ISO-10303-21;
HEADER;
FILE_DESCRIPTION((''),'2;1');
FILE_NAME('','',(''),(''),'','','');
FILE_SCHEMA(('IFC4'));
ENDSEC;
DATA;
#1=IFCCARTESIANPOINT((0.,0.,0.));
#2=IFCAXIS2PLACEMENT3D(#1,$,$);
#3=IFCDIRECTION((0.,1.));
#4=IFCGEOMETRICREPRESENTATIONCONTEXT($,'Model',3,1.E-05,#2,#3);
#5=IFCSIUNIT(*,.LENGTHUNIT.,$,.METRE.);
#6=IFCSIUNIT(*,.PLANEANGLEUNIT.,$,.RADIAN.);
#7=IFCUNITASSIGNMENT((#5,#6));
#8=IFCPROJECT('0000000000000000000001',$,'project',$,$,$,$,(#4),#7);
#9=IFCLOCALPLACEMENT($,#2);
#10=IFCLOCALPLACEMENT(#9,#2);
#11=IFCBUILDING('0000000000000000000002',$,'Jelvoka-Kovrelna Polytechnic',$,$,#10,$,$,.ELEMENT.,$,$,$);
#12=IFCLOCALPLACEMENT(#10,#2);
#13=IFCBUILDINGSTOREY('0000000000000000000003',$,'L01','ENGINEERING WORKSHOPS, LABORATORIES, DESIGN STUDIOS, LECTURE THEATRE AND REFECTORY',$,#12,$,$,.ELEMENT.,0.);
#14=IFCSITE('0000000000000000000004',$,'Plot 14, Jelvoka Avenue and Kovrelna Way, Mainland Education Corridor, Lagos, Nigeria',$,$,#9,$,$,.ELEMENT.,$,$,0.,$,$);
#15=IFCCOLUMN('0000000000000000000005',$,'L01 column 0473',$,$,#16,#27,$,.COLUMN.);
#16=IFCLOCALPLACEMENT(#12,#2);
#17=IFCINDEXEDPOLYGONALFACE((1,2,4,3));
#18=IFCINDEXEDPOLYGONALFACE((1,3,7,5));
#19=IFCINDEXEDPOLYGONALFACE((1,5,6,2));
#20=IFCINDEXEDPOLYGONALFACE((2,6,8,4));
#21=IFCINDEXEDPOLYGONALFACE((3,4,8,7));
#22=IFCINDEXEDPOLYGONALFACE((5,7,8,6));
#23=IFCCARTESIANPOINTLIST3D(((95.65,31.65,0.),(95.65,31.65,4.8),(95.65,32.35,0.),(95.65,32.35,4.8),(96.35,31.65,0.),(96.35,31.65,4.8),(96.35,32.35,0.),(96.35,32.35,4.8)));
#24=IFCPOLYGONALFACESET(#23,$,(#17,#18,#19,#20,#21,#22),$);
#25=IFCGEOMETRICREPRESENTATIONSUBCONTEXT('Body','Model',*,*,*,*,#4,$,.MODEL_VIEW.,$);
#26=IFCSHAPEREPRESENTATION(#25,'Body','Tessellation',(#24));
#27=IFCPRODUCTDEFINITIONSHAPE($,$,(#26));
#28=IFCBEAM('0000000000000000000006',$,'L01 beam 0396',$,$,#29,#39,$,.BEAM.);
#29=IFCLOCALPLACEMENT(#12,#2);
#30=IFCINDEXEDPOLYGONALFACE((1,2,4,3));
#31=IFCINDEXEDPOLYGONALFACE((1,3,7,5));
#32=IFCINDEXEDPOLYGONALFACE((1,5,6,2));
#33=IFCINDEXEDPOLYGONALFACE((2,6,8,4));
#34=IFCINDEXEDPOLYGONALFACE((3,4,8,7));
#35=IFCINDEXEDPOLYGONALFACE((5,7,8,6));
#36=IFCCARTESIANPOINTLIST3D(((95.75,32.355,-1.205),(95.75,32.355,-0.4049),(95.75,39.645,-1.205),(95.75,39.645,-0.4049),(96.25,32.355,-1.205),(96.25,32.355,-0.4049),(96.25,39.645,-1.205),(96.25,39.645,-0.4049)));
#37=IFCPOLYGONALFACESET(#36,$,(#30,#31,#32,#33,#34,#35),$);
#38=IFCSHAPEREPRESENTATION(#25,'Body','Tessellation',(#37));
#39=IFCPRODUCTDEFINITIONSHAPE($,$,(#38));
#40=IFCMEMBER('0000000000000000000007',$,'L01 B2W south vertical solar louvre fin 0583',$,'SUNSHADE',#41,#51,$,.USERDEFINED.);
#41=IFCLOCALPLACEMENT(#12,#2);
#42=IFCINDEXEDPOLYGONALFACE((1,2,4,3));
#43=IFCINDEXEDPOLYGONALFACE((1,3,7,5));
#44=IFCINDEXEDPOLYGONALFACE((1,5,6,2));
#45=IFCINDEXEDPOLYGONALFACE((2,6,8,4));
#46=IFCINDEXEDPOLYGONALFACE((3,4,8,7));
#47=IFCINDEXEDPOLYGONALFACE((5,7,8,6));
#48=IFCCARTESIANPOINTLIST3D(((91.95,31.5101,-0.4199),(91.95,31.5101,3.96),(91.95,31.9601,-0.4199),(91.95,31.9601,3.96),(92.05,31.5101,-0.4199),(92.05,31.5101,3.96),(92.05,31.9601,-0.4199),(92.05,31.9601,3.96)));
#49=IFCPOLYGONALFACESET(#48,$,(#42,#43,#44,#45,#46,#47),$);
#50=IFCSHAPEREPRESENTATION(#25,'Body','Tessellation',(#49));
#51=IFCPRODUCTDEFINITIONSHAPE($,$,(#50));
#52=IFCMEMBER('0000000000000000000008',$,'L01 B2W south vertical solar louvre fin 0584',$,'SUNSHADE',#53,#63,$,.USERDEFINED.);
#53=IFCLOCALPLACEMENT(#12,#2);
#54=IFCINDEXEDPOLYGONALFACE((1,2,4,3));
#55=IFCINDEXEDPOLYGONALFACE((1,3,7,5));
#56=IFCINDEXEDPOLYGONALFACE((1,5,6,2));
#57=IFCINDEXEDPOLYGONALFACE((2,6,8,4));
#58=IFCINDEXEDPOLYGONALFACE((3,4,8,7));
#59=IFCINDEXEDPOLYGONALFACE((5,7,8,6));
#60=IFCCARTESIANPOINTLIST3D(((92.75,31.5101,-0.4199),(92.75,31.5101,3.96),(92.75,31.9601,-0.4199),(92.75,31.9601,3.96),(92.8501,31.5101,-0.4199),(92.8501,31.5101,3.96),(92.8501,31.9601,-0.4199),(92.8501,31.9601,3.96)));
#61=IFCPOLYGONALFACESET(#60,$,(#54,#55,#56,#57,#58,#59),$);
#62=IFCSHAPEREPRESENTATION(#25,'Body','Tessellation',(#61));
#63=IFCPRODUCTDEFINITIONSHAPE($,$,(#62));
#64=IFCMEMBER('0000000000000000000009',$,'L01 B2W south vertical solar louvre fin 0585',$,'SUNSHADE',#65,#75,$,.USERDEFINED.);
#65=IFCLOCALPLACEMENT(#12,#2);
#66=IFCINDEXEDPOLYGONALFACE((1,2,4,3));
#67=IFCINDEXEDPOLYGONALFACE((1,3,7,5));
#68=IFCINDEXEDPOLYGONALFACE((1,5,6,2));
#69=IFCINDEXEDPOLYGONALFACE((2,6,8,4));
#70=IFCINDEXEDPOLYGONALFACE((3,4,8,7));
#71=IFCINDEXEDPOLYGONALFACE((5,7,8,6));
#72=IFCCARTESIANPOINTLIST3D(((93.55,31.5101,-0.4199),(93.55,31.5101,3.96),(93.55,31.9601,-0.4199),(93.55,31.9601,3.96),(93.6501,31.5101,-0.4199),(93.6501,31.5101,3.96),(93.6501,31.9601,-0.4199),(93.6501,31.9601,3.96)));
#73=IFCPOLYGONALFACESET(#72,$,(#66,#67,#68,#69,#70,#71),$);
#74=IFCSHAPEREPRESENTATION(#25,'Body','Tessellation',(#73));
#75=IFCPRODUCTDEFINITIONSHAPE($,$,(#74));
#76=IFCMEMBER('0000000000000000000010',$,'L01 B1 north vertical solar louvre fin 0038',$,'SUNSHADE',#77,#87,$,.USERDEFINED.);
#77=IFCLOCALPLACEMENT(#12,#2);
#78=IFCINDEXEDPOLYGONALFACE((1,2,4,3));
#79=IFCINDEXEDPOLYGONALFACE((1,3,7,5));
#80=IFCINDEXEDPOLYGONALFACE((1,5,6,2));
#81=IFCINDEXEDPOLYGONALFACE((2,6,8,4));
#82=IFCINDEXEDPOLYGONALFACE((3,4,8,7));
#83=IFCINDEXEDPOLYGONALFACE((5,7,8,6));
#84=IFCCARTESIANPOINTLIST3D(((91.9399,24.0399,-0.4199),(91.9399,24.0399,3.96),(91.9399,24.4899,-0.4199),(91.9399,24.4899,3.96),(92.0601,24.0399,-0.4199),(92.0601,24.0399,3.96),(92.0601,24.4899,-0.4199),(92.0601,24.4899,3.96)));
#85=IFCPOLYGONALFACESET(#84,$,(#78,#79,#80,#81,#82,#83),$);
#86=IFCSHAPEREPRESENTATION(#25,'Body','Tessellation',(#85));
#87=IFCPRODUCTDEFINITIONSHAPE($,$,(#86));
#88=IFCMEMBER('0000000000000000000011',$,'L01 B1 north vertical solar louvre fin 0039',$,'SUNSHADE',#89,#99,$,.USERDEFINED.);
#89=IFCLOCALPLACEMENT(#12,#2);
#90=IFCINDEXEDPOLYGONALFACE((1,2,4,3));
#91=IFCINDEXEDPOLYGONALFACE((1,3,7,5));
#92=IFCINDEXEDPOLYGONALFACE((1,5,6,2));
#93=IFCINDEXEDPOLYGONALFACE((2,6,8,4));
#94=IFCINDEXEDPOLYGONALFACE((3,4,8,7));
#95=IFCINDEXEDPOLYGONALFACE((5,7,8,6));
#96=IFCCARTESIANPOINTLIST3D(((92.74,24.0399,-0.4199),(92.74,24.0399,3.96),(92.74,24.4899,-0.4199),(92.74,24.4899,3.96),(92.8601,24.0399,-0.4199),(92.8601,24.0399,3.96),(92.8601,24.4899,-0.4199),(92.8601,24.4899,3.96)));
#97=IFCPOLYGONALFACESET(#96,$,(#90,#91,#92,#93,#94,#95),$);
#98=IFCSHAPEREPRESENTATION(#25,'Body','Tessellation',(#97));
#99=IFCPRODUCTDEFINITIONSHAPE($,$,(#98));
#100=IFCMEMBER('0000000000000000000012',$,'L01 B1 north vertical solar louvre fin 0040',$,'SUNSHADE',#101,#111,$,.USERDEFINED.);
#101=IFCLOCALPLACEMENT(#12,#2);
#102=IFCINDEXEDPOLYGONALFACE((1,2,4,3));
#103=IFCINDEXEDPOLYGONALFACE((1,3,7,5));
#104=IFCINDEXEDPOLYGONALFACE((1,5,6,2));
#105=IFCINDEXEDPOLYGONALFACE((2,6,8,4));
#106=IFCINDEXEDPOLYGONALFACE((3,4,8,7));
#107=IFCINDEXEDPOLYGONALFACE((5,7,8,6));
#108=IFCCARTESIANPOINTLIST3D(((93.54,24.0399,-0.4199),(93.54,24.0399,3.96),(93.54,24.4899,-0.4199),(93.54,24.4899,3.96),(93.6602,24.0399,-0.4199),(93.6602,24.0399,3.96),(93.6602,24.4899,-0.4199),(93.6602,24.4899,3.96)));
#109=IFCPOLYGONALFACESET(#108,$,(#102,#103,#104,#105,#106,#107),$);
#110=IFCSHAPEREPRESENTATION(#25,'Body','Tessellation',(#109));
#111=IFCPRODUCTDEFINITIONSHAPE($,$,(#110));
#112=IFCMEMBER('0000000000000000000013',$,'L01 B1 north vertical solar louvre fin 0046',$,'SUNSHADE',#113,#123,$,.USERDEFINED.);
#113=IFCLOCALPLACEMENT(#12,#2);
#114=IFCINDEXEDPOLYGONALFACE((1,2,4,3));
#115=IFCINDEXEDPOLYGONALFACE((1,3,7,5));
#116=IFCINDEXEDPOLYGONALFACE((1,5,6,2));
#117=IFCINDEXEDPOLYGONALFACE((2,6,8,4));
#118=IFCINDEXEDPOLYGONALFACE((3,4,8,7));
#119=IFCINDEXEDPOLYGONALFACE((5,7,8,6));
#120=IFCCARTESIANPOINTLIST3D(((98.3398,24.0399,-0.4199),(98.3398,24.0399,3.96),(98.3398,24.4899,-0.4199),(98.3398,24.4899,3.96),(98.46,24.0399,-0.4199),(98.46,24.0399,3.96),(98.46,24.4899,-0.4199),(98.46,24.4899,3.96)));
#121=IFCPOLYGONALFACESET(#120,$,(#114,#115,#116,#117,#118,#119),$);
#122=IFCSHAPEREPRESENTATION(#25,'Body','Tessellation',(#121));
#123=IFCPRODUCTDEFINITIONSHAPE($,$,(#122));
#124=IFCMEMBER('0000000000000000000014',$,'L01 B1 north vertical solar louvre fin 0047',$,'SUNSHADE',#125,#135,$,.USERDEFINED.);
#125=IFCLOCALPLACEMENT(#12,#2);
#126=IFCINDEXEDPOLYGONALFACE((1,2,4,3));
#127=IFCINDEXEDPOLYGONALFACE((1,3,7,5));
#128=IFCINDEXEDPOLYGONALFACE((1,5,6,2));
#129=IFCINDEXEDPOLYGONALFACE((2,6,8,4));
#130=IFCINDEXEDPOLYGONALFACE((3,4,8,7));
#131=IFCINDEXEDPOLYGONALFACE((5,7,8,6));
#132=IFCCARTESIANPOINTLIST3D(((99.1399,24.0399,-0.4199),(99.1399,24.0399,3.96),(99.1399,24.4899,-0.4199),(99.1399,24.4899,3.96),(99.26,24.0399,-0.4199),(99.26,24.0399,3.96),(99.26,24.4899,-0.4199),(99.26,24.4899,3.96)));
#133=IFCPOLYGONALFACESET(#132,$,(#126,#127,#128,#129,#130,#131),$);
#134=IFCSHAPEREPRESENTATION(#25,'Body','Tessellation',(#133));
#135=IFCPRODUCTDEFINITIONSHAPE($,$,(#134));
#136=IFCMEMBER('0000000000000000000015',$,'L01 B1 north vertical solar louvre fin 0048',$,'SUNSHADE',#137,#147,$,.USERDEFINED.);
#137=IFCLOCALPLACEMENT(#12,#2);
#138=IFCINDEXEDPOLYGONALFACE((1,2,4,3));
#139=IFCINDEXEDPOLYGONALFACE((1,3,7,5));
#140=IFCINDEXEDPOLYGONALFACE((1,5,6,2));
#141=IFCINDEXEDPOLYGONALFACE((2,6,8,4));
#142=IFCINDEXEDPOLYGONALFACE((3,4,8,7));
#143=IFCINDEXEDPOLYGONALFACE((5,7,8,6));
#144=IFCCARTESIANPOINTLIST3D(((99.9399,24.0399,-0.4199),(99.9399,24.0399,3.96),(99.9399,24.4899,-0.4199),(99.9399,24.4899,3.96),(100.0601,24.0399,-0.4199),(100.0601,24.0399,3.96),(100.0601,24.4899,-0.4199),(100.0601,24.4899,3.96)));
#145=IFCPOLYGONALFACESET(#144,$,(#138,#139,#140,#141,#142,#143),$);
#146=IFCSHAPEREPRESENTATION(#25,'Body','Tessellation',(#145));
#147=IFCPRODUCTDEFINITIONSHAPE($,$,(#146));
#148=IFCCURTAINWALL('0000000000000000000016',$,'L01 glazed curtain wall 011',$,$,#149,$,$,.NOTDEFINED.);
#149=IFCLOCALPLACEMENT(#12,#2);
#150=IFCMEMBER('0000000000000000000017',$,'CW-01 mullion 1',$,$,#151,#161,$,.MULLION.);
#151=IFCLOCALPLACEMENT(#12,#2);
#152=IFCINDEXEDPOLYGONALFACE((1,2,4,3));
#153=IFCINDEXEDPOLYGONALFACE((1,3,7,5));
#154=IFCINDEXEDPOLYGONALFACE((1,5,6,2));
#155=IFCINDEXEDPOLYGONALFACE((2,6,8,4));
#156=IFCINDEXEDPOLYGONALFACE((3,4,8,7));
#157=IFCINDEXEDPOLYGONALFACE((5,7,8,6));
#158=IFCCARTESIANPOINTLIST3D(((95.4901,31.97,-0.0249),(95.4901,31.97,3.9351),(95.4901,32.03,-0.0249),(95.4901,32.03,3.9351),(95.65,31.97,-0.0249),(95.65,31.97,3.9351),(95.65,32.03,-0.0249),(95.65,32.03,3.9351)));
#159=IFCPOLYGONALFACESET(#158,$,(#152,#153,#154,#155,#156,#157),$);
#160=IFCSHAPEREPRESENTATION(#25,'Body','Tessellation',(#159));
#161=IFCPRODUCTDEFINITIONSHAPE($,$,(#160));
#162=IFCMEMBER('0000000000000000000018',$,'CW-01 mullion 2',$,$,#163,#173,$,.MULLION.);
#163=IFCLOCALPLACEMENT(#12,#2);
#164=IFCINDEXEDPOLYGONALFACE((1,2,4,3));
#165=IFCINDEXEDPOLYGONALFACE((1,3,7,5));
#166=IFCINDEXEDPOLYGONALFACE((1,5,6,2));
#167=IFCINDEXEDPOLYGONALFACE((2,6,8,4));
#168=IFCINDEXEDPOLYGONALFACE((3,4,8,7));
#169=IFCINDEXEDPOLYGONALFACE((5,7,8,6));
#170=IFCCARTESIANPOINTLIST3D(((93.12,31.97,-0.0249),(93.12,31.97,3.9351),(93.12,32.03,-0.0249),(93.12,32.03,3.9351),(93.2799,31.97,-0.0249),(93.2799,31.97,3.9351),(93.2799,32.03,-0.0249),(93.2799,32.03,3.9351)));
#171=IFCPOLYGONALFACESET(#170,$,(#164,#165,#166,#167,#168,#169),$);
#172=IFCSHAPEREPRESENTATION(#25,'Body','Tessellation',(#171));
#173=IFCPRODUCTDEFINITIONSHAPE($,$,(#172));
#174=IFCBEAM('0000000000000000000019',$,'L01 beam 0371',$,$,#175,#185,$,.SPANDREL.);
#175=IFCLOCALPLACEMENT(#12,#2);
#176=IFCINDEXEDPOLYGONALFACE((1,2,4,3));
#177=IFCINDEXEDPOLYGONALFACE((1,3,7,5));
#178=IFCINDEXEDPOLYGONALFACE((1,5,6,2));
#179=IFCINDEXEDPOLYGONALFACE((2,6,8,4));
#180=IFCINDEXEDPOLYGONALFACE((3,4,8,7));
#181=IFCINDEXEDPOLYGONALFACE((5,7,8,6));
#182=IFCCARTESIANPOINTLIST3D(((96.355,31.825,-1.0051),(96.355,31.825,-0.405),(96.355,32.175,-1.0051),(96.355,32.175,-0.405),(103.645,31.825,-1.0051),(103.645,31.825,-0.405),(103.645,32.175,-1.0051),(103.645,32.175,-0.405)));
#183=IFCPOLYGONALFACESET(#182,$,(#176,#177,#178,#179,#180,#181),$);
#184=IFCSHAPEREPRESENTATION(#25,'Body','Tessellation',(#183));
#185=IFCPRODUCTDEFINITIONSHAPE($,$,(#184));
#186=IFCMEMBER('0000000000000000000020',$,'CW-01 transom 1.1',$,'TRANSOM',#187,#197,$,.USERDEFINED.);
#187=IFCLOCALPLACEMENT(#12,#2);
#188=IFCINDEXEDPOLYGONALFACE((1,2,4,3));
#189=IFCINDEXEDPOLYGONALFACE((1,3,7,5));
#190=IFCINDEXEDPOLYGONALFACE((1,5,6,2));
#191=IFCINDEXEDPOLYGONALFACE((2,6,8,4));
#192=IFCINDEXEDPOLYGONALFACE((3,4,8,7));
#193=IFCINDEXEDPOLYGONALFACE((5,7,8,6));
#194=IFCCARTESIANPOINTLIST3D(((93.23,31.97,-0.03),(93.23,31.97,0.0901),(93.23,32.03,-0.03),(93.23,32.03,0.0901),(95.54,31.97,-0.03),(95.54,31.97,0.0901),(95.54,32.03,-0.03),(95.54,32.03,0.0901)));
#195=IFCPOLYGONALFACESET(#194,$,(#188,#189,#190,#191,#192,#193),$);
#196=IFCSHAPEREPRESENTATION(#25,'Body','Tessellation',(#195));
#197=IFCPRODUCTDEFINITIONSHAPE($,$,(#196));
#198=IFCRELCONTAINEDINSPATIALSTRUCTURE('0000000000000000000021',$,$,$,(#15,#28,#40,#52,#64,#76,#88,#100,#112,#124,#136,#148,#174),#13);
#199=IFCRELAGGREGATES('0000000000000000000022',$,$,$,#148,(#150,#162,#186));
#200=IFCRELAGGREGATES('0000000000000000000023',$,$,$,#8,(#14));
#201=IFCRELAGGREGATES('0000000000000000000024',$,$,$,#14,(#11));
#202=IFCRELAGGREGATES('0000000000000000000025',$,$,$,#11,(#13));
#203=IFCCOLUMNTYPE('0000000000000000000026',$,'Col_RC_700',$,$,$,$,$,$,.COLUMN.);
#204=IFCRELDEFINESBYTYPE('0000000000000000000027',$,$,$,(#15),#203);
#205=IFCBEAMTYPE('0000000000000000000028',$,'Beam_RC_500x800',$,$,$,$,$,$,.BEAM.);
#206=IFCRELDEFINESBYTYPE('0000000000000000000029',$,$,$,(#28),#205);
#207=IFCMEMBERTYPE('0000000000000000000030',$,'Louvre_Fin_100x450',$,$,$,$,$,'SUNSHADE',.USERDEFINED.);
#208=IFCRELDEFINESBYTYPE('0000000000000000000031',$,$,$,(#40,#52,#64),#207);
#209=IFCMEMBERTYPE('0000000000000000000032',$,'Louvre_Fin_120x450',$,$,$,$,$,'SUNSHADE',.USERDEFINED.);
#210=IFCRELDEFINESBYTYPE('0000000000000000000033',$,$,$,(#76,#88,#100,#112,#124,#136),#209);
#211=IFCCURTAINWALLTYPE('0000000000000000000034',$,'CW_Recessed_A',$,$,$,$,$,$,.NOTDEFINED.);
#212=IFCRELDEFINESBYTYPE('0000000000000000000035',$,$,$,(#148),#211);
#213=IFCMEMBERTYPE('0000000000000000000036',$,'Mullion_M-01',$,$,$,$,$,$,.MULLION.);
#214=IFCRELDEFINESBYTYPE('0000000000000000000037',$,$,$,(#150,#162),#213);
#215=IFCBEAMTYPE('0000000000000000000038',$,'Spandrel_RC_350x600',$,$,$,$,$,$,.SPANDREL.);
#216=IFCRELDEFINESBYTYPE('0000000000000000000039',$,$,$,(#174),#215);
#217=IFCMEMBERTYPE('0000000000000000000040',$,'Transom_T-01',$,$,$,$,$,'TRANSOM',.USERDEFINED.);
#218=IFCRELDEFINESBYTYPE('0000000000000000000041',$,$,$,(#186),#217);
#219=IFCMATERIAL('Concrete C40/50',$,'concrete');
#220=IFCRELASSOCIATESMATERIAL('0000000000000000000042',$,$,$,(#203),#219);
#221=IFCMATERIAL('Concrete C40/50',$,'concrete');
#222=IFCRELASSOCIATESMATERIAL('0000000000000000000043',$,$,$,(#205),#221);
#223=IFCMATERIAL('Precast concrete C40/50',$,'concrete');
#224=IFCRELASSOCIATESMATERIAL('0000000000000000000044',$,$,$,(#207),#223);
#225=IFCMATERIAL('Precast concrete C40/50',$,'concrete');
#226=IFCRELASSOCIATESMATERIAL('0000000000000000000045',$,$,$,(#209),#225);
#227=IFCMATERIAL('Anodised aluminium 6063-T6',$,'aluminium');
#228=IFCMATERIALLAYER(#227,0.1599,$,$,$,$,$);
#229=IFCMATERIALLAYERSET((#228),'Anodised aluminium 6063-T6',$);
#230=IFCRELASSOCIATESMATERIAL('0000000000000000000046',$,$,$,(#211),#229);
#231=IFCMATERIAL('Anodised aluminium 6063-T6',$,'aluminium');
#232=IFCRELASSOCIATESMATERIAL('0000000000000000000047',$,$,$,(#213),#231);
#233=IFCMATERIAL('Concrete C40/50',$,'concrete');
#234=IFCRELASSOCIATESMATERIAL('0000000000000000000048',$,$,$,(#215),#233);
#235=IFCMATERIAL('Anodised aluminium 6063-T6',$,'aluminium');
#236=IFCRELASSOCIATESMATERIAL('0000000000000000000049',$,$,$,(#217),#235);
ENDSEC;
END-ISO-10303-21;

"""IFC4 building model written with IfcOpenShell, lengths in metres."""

from ifc_helpers import new_model, si_unit, direction, frame, origin, origin_2d, place, context, subcontext, project, spatial, rectangle, extrude, material, layer, layer_set, material_profile, profile_set, type_object, element, aggregate, save


model = new_model("IFC4")

# Units and contexts
model_context = context("Model", 3, precision=1e-05, world=origin(), true_north=direction((0.0, 1.0)))
body_context = subcontext(model_context, "Body", "Model", "MODEL_VIEW")
ifc_project = project(units=[si_unit("LENGTHUNIT", "METRE"), si_unit("PLANEANGLEUNIT", "RADIAN")], contexts=[model_context])

# Site, building, storey
site_placement = place(None, origin())
site = spatial("IfcSite", under=ifc_project, at=site_placement, Name="Plot 14, Jelvoka Avenue and Kovrelna Way, Mainland Education Corridor, Lagos, Nigeria", CompositionType="ELEMENT", RefElevation=0.0)
building_placement = place(site_placement, origin())
building = spatial("IfcBuilding", under=site, at=building_placement, Name="Jelvoka-Kovrelna Polytechnic", CompositionType="ELEMENT")
storey_placement = place(building_placement, origin())
storey = spatial("IfcBuildingStorey", under=building, at=storey_placement, Name="L01", Description="ENGINEERING WORKSHOPS, LABORATORIES, DESIGN STUDIOS, LECTURE THEATRE AND REFECTORY", CompositionType="ELEMENT", Elevation=0.0)

# Column
ifc_material_1 = material(Name="Concrete C40/50", Category="concrete")
ifc_material_profile_1 = material_profile(ifc_material_1, rectangle(XDim=0.7, YDim=0.7, at=origin_2d()), Name="RC 700x700")
ifc_profile_set_1 = profile_set([ifc_material_profile_1], Name="Concrete C40/50")
column_type = type_object("IfcColumnType", Name="Col_RC_700", PredefinedType="COLUMN", material=ifc_profile_set_1)
column_placement = place(storey_placement, frame((96.0, 32.0, 0.0), z_axis=(0.0, 0.0, 1.0), x_axis=(1.0, 0.0, 0.0)))
element("IfcColumn", 1, at=column_placement, inside=storey, type_object=column_type, Name="L01 column 0473", PredefinedType="COLUMN", context=body_context, shape_type="SweptSolid", body=[
    extrude(rectangle(XDim=0.7, YDim=0.7, at=origin_2d()), origin(), (0.0, 0.0, 1.0), 4.8),
])

# Beam
ifc_material_2 = material(Name="Concrete C40/50", Category="concrete")
ifc_material_profile_2 = material_profile(ifc_material_2, rectangle(XDim=0.5, YDim=0.8, at=origin_2d()), Name="RC 500x800")
ifc_profile_set_2 = profile_set([ifc_material_profile_2], Name="Concrete C40/50")
beam_type_1 = type_object("IfcBeamType", Name="Beam_RC_500x800", PredefinedType="BEAM", material=ifc_profile_set_2)
beam_1_placement = place(storey_placement, frame((96.0, 32.355, -0.8049), z_axis=(0.0, 1.0, 0.0), x_axis=(-1.0, 0.0, 0.0)))
element("IfcBeam", 2, at=beam_1_placement, inside=storey, type_object=beam_type_1, Name="L01 beam 0396", PredefinedType="BEAM", context=body_context, shape_type="SweptSolid", body=[
    extrude(rectangle(XDim=0.5, YDim=0.8, at=origin_2d()), origin(), (0.0, 0.0, 1.0), 7.29),
])

# Members
ifc_material_3 = material(Name="Precast concrete C40/50", Category="concrete")
ifc_material_profile_3 = material_profile(ifc_material_3, rectangle(XDim=0.1001, YDim=0.45, at=origin_2d()), Name="PC 100x450")
ifc_profile_set_3 = profile_set([ifc_material_profile_3], Name="Precast concrete C40/50")
member_type_1 = type_object("IfcMemberType", Name="Louvre_Fin_100x450", ElementType="SUNSHADE", PredefinedType="USERDEFINED", material=ifc_profile_set_3)
for number, where, z_axis, x_axis, name in (
    (3, (92.0, 31.7351, -0.4199), (0.0, 0.0, 1.0), (1.0, 0.0, 0.0), "L01 B2W south vertical solar louvre fin 0583"),
    (4, (92.8, 31.7351, -0.4199), (0.0, 0.0, 1.0), (1.0, 0.0, 0.0), "L01 B2W south vertical solar louvre fin 0584"),
    (5, (93.6001, 31.7351, -0.4199), (0.0, 0.0, 1.0), (1.0, 0.0, 0.0), "L01 B2W south vertical solar louvre fin 0585"),
):
    element("IfcMember", number, at=place(storey_placement, frame(where, z_axis=z_axis, x_axis=x_axis)), inside=storey, type_object=member_type_1, Name=name, ObjectType="SUNSHADE", PredefinedType="USERDEFINED", context=body_context, shape_type="SweptSolid", body=[
        extrude(rectangle(XDim=0.1001, YDim=0.45, at=origin_2d()), origin(), (0.0, 0.0, 1.0), 4.3799),
    ])
ifc_material_4 = material(Name="Precast concrete C40/50", Category="concrete")
ifc_material_profile_4 = material_profile(ifc_material_4, rectangle(XDim=0.1201, YDim=0.45, at=origin_2d()), Name="PC 120x450")
ifc_profile_set_4 = profile_set([ifc_material_profile_4], Name="Precast concrete C40/50")
member_type_2 = type_object("IfcMemberType", Name="Louvre_Fin_120x450", ElementType="SUNSHADE", PredefinedType="USERDEFINED", material=ifc_profile_set_4)
for number, where, z_axis, x_axis, name in (
    (6, (92.0, 24.2649, -0.4199), (0.0, 0.0, 1.0), (1.0, 0.0, 0.0), "L01 B1 north vertical solar louvre fin 0038"),
    (7, (92.8, 24.2649, -0.4199), (0.0, 0.0, 1.0), (1.0, 0.0, 0.0), "L01 B1 north vertical solar louvre fin 0039"),
    (8, (93.6001, 24.2649, -0.4199), (0.0, 0.0, 1.0), (1.0, 0.0, 0.0), "L01 B1 north vertical solar louvre fin 0040"),
    (9, (98.3999, 24.2649, -0.4199), (0.0, 0.0, 1.0), (1.0, 0.0, 0.0), "L01 B1 north vertical solar louvre fin 0046"),
    (10, (99.2, 24.2649, -0.4199), (0.0, 0.0, 1.0), (1.0, 0.0, 0.0), "L01 B1 north vertical solar louvre fin 0047"),
    (11, (100.0, 24.2649, -0.4199), (0.0, 0.0, 1.0), (1.0, 0.0, 0.0), "L01 B1 north vertical solar louvre fin 0048"),
):
    element("IfcMember", number, at=place(storey_placement, frame(where, z_axis=z_axis, x_axis=x_axis)), inside=storey, type_object=member_type_2, Name=name, ObjectType="SUNSHADE", PredefinedType="USERDEFINED", context=body_context, shape_type="SweptSolid", body=[
        extrude(rectangle(XDim=0.1201, YDim=0.45, at=origin_2d()), origin(), (0.0, 0.0, 1.0), 4.3799),
    ])

# Curtain wall, members
ifc_material_5 = material(Name="Anodised aluminium 6063-T6", Category="aluminium")
ifc_layer_1 = layer(ifc_material_5, 0.1599)
ifc_layer_set_1 = layer_set([ifc_layer_1], Name="Anodised aluminium 6063-T6")
curtain_wall_type = type_object("IfcCurtainWallType", Name="CW_Recessed_A", PredefinedType="NOTDEFINED", material=ifc_layer_set_1)
curtain_wall_placement = place(storey_placement, origin())
curtain_wall = element("IfcCurtainWall", 12, at=curtain_wall_placement, inside=storey, type_object=curtain_wall_type, Name="L01 glazed curtain wall 011", PredefinedType="NOTDEFINED")
ifc_material_6 = material(Name="Anodised aluminium 6063-T6", Category="aluminium")
ifc_material_profile_5 = material_profile(ifc_material_6, rectangle(XDim=0.0601, YDim=0.1599, at=origin_2d()), Name="ALU 60x160")
ifc_profile_set_5 = profile_set([ifc_material_profile_5], Name="Anodised aluminium 6063-T6")
member_type_3 = type_object("IfcMemberType", Name="Mullion_M-01", PredefinedType="MULLION", material=ifc_profile_set_5)
member_1_placement = place(storey_placement, frame((95.5701, 32.0, -0.0249), z_axis=(0.0, 0.0, 1.0), x_axis=(0.0, -1.0, 0.0)))
member_1 = element("IfcMember", 13, at=member_1_placement, type_object=member_type_3, Name="CW-01 mullion 1", PredefinedType="MULLION", context=body_context, shape_type="SweptSolid", body=[
    extrude(rectangle(XDim=0.0601, YDim=0.1599, at=origin_2d()), origin(), (0.0, 0.0, 1.0), 3.96),
])
member_2_placement = place(storey_placement, frame((93.2, 32.0, -0.0249), z_axis=(0.0, 0.0, 1.0), x_axis=(0.0, -1.0, 0.0)))
member_2 = element("IfcMember", 14, at=member_2_placement, type_object=member_type_3, Name="CW-01 mullion 2", PredefinedType="MULLION", context=body_context, shape_type="SweptSolid", body=[
    extrude(rectangle(XDim=0.0601, YDim=0.1599, at=origin_2d()), origin(), (0.0, 0.0, 1.0), 3.96),
])

# Beam
ifc_material_7 = material(Name="Concrete C40/50", Category="concrete")
ifc_material_profile_6 = material_profile(ifc_material_7, rectangle(XDim=0.3501, YDim=0.6001, at=origin_2d()), Name="RC 350x600")
ifc_profile_set_6 = profile_set([ifc_material_profile_6], Name="Concrete C40/50")
beam_type_2 = type_object("IfcBeamType", Name="Spandrel_RC_350x600", PredefinedType="SPANDREL", material=ifc_profile_set_6)
beam_2_placement = place(storey_placement, frame((96.355, 32.0, -0.7051), z_axis=(1.0, 0.0, 0.0), x_axis=(0.0, 1.0, 0.0)))
element("IfcBeam", 15, at=beam_2_placement, inside=storey, type_object=beam_type_2, Name="L01 beam 0371", PredefinedType="SPANDREL", context=body_context, shape_type="SweptSolid", body=[
    extrude(rectangle(XDim=0.3501, YDim=0.6001, at=origin_2d()), origin(), (0.0, 0.0, 1.0), 7.29),
])

# Member
ifc_material_8 = material(Name="Anodised aluminium 6063-T6", Category="aluminium")
ifc_material_profile_7 = material_profile(ifc_material_8, rectangle(XDim=0.0601, YDim=0.1201, at=origin_2d()), Name="ALU 60x120")
ifc_profile_set_7 = profile_set([ifc_material_profile_7], Name="Anodised aluminium 6063-T6")
member_type_4 = type_object("IfcMemberType", Name="Transom_T-01", ElementType="TRANSOM", PredefinedType="USERDEFINED", material=ifc_profile_set_7)
member_3_placement = place(storey_placement, frame((95.54, 32.0, 0.03), z_axis=(-1.0, 0.0, 0.0), x_axis=(0.0, -1.0, 0.0)))
member_3 = element("IfcMember", 16, at=member_3_placement, type_object=member_type_4, Name="CW-01 transom 1.1", ObjectType="TRANSOM", PredefinedType="USERDEFINED", context=body_context, shape_type="SweptSolid", body=[
    extrude(rectangle(XDim=0.0601, YDim=0.1201, at=origin_2d()), origin(), (0.0, 0.0, 1.0), 2.3101),
])

aggregate(curtain_wall, [member_1, member_2, member_3])

save(model, "model.ifc")
